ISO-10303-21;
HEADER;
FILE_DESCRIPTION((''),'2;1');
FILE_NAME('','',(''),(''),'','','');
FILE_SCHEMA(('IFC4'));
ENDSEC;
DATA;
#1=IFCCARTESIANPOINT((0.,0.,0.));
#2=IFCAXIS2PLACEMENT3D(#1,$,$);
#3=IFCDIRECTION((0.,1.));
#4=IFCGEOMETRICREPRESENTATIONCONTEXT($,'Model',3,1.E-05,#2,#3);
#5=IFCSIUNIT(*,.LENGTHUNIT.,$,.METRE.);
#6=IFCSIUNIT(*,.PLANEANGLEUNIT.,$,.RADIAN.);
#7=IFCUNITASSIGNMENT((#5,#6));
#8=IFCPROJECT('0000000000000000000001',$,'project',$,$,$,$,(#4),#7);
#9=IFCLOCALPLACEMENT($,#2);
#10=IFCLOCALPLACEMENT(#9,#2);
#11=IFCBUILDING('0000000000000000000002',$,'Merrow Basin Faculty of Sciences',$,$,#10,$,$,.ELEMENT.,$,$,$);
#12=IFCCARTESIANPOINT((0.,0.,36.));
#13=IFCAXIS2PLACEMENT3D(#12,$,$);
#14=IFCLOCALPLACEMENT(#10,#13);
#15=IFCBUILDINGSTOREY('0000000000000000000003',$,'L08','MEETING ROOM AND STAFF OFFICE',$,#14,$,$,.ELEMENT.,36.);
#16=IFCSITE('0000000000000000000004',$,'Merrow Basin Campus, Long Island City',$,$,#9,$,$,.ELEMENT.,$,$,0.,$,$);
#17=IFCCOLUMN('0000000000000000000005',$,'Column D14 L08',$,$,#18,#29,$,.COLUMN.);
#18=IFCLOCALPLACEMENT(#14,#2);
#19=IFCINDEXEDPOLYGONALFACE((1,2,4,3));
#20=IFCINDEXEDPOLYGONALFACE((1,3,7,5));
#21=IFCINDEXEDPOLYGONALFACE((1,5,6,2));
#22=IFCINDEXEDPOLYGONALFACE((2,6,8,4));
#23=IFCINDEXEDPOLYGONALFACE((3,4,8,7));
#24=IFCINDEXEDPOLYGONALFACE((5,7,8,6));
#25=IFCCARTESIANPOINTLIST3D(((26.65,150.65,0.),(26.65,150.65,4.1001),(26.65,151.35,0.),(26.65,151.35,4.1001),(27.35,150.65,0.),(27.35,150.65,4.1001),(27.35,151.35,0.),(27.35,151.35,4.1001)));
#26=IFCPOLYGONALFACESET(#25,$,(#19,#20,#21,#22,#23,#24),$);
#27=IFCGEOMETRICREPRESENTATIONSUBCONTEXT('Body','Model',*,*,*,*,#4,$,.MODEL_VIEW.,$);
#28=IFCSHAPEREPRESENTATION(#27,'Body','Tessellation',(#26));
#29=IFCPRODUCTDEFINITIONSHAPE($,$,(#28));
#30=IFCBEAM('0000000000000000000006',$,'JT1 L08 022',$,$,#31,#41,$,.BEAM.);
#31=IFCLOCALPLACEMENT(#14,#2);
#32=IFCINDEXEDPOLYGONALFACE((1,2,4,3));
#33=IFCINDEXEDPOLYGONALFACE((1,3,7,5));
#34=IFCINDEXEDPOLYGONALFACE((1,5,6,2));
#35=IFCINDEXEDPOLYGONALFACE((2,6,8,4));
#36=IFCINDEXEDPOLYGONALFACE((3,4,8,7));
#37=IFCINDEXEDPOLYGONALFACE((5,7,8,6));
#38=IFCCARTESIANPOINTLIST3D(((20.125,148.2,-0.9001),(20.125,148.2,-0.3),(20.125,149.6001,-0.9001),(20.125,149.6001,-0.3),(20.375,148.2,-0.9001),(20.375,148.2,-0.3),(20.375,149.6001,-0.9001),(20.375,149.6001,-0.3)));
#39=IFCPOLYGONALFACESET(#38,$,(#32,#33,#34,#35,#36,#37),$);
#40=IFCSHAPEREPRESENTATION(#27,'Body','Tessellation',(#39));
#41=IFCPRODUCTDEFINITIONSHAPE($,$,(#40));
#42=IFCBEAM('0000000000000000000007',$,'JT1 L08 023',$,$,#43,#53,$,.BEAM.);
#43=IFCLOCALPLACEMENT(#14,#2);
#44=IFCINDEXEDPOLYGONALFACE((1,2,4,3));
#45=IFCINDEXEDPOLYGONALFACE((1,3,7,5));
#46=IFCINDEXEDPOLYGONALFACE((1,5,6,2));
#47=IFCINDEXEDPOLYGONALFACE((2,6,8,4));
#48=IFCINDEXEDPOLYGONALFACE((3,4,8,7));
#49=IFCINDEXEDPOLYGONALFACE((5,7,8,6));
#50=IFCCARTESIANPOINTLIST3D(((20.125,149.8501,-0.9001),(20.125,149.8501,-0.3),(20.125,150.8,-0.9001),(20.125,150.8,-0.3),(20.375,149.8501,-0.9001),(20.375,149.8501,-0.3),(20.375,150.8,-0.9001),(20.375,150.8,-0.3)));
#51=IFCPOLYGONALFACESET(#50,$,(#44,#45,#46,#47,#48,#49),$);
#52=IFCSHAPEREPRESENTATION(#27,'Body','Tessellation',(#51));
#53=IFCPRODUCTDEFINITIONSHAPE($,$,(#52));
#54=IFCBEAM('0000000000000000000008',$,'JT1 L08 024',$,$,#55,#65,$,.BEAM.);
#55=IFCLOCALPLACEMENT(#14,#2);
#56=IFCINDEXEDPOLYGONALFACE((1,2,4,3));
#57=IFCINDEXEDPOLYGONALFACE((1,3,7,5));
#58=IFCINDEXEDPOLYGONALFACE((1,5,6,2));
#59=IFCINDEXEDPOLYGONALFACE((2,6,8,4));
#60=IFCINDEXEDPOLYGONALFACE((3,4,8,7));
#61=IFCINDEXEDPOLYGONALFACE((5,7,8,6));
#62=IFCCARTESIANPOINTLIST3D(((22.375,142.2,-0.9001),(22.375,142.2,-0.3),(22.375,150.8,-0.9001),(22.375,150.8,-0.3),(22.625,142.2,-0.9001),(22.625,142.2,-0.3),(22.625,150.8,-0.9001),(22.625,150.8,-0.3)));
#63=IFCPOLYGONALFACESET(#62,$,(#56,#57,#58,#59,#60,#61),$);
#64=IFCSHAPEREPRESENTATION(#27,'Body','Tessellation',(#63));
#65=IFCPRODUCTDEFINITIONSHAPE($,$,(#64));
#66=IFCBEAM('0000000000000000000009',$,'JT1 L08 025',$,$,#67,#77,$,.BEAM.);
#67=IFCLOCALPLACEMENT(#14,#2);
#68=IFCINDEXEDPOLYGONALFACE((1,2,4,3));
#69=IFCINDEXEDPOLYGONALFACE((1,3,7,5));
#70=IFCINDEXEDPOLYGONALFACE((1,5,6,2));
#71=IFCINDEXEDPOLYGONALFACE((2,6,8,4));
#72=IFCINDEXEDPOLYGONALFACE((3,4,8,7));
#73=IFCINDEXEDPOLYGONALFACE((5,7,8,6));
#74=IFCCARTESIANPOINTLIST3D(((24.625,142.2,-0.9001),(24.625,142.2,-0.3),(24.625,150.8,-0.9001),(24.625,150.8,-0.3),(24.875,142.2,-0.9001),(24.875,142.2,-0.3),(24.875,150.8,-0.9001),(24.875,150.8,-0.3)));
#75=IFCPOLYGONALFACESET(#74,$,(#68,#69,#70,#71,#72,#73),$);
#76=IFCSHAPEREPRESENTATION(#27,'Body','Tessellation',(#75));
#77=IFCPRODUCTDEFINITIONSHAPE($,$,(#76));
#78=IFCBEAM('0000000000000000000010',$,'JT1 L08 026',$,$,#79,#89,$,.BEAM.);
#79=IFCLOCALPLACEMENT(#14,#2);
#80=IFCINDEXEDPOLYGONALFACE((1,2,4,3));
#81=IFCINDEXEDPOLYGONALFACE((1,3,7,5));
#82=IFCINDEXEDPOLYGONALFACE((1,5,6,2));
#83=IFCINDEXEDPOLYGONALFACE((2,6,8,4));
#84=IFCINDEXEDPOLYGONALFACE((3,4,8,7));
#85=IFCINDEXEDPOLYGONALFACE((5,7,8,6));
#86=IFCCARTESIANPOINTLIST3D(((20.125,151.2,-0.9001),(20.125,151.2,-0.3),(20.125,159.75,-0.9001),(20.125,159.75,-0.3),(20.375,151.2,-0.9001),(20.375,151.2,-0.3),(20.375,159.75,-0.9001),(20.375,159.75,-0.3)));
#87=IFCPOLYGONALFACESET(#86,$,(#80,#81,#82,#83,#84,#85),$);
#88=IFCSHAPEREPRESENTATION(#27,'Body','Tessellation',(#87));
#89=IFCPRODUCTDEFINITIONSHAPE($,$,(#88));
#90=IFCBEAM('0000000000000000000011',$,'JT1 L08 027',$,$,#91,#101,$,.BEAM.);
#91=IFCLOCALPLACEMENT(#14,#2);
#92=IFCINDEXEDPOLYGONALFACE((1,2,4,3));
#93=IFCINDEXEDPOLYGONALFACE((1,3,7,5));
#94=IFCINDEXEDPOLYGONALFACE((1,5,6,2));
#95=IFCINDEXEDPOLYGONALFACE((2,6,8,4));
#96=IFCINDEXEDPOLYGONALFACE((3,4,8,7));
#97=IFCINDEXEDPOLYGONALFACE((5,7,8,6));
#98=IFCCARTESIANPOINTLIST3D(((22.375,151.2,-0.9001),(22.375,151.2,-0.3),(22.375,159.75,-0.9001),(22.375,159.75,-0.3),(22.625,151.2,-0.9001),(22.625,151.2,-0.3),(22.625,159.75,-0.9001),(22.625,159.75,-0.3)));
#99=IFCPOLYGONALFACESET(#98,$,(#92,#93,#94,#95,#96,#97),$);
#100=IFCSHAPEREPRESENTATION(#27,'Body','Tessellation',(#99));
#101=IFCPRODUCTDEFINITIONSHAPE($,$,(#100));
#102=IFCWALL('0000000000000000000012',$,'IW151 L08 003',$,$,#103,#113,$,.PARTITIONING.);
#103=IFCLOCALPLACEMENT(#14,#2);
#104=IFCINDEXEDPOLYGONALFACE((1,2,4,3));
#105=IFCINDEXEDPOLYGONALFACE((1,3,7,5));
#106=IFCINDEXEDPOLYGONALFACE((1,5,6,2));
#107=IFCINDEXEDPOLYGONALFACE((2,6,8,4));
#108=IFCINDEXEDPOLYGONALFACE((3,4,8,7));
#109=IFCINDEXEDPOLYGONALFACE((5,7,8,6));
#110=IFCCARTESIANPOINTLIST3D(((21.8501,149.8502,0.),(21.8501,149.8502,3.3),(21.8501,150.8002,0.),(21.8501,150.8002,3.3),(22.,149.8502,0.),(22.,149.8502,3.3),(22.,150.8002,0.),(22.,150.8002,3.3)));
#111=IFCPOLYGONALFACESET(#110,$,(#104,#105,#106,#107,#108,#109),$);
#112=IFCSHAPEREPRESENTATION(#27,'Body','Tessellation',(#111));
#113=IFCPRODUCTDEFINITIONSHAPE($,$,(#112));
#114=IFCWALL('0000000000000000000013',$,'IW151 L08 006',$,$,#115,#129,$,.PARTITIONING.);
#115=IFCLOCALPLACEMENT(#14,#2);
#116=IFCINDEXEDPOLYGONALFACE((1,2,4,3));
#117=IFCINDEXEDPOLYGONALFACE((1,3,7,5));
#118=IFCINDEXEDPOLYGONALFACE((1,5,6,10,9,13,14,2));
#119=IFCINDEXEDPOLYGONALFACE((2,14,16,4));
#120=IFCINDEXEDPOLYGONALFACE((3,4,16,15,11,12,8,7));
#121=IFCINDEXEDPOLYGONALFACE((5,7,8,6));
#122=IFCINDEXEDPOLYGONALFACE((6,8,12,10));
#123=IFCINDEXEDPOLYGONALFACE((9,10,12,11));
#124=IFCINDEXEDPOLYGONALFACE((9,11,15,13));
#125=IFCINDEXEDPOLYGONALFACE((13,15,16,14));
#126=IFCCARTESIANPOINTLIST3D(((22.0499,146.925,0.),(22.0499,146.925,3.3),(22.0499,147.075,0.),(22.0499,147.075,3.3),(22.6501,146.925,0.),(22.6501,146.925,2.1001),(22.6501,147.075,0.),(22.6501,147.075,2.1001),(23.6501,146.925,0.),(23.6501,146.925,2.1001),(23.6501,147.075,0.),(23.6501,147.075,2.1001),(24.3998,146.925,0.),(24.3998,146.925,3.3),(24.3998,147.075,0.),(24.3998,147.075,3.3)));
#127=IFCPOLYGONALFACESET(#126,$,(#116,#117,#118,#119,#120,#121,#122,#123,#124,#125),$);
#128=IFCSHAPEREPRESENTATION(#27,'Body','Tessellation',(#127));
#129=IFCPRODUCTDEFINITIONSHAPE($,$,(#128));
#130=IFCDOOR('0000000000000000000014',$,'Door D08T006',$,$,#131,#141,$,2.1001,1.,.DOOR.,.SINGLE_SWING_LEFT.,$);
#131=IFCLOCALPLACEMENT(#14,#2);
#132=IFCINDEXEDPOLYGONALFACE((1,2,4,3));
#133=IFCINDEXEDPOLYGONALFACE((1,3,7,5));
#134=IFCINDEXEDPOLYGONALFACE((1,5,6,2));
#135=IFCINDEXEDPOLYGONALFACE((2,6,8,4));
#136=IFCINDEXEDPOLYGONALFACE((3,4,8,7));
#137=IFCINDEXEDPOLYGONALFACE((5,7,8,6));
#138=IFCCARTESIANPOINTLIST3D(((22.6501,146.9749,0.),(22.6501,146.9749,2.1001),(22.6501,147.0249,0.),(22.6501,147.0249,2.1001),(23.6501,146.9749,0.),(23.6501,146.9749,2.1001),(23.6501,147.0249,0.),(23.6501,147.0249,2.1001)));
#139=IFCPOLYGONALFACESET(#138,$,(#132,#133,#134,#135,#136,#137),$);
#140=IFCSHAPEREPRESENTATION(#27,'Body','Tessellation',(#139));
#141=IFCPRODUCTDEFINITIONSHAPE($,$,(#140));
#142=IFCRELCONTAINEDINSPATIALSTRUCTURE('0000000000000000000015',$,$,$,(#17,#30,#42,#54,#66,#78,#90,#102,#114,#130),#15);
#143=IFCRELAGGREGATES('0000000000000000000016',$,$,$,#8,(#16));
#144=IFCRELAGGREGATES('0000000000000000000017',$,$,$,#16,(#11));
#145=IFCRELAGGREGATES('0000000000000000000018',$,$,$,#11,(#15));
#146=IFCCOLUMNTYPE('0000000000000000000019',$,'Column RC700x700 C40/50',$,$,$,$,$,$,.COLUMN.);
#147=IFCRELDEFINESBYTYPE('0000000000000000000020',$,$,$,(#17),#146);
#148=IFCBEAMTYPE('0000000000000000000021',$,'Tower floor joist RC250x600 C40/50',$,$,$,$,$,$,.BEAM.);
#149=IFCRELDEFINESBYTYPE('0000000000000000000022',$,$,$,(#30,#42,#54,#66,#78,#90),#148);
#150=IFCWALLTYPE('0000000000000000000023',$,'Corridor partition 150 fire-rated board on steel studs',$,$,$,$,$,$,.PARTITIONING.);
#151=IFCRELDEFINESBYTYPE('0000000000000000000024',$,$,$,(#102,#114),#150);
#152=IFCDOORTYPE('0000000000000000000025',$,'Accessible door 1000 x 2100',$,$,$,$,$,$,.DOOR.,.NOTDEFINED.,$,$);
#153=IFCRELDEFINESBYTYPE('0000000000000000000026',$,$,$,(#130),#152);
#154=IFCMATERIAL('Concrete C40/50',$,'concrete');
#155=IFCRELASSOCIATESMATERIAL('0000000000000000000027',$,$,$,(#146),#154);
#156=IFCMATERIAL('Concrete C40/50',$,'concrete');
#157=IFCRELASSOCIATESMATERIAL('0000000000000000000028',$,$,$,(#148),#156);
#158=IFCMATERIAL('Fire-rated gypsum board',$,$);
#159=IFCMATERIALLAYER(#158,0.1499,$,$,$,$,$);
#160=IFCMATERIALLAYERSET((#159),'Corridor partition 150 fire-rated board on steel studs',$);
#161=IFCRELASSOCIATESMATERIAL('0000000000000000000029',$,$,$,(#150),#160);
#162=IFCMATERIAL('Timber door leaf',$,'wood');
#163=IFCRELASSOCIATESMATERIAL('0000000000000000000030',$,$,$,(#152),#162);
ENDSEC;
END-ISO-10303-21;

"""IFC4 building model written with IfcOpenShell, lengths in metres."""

from ifc_helpers import new_model, si_unit, direction, frame, frame_2d, origin, origin_2d, place, context, subcontext, project, spatial, rectangle, extrude, material, layer, layer_set, material_profile, profile_set, type_object, element, fill, save


model = new_model("IFC4")

# Units and contexts
model_context = context("Model", 3, precision=1e-05, world=origin(), true_north=direction((0.0, 1.0)))
body_context = subcontext(model_context, "Body", "Model", "MODEL_VIEW")
ifc_project = project(units=[si_unit("LENGTHUNIT", "METRE"), si_unit("PLANEANGLEUNIT", "RADIAN")], contexts=[model_context])

# Site, building, storey
site_placement = place(None, origin())
site = spatial("IfcSite", under=ifc_project, at=site_placement, Name="Merrow Basin Campus, Long Island City", CompositionType="ELEMENT", RefElevation=0.0)
building_placement = place(site_placement, origin())
building = spatial("IfcBuilding", under=site, at=building_placement, Name="Merrow Basin Faculty of Sciences", CompositionType="ELEMENT")
storey_placement = place(building_placement, frame((0.0, 0.0, 36.0)))
storey = spatial("IfcBuildingStorey", under=building, at=storey_placement, Name="L08", Description="MEETING ROOM AND STAFF OFFICE", CompositionType="ELEMENT", Elevation=36.0)

# Column
ifc_material_1 = material(Name="Concrete C40/50", Category="concrete")
ifc_material_profile_1 = material_profile(ifc_material_1, rectangle(XDim=0.7, YDim=0.7, at=origin_2d()))
ifc_profile_set_1 = profile_set([ifc_material_profile_1], Name="Concrete C40/50")
column_type = type_object("IfcColumnType", Name="Column RC700x700 C40/50", PredefinedType="COLUMN", material=ifc_profile_set_1)
column_placement = place(storey_placement, frame((27.0, 151.0, 0.0), z_axis=(0.0, 0.0, 1.0), x_axis=(1.0, 0.0, 0.0)))
element("IfcColumn", 1, at=column_placement, inside=storey, type_object=column_type, Name="Column D14 L08", PredefinedType="COLUMN", context=body_context, shape_type="SweptSolid", body=[
    extrude(rectangle(XDim=0.7, YDim=0.7, at=origin_2d()), origin(), (0.0, 0.0, 1.0), 4.1001),
])

# Beams
ifc_material_2 = material(Name="Concrete C40/50", Category="concrete")
ifc_material_profile_2 = material_profile(ifc_material_2, rectangle(XDim=0.25, YDim=0.6001, at=origin_2d()))
ifc_profile_set_2 = profile_set([ifc_material_profile_2], Name="Concrete C40/50")
beam_type = type_object("IfcBeamType", Name="Tower floor joist RC250x600 C40/50", PredefinedType="BEAM", material=ifc_profile_set_2)
beam_1_placement = place(storey_placement, frame((20.25, 148.2, -0.6001), z_axis=(0.0, 1.0, 0.0), x_axis=(-1.0, 0.0, 0.0)))
element("IfcBeam", 2, at=beam_1_placement, inside=storey, type_object=beam_type, Name="JT1 L08 022", PredefinedType="BEAM", context=body_context, shape_type="SweptSolid", body=[
    extrude(rectangle(XDim=0.25, YDim=0.6001, at=origin_2d()), origin(), (0.0, 0.0, 1.0), 1.4001),
])
beam_2_placement = place(storey_placement, frame((20.25, 149.8501, -0.6001), z_axis=(0.0, 1.0, 0.0), x_axis=(-1.0, 0.0, 0.0)))
element("IfcBeam", 3, at=beam_2_placement, inside=storey, type_object=beam_type, Name="JT1 L08 023", PredefinedType="BEAM", context=body_context, shape_type="SweptSolid", body=[
    extrude(rectangle(XDim=0.25, YDim=0.6001, at=origin_2d()), origin(), (0.0, 0.0, 1.0), 0.95),
])
for number, where, z_axis, x_axis, name in (
    (4, (22.5, 142.2, -0.6001), (0.0, 1.0, 0.0), (-1.0, 0.0, 0.0), "JT1 L08 024"),
    (5, (24.75, 142.2, -0.6001), (0.0, 1.0, 0.0), (-1.0, 0.0, 0.0), "JT1 L08 025"),
):
    element("IfcBeam", number, at=place(storey_placement, frame(where, z_axis=z_axis, x_axis=x_axis)), inside=storey, type_object=beam_type, Name=name, PredefinedType="BEAM", context=body_context, shape_type="SweptSolid", body=[
        extrude(rectangle(XDim=0.25, YDim=0.6001, at=origin_2d()), origin(), (0.0, 0.0, 1.0), 8.6001),
    ])
for number, where, z_axis, x_axis, name in (
    (6, (20.25, 151.2, -0.6001), (0.0, 1.0, 0.0), (-1.0, 0.0, 0.0), "JT1 L08 026"),
    (7, (22.5, 151.2, -0.6001), (0.0, 1.0, 0.0), (-1.0, 0.0, 0.0), "JT1 L08 027"),
):
    element("IfcBeam", number, at=place(storey_placement, frame(where, z_axis=z_axis, x_axis=x_axis)), inside=storey, type_object=beam_type, Name=name, PredefinedType="BEAM", context=body_context, shape_type="SweptSolid", body=[
        extrude(rectangle(XDim=0.25, YDim=0.6001, at=origin_2d()), origin(), (0.0, 0.0, 1.0), 8.55),
    ])

# Wall
ifc_material_3 = material(Name="Fire-rated gypsum board")
ifc_layer_1 = layer(ifc_material_3, 0.1499)
ifc_layer_set_1 = layer_set([ifc_layer_1], Name="Corridor partition 150 fire-rated board on steel studs")
wall_type_1 = type_object("IfcWallType", Name="Corridor partition 150 fire-rated board on steel studs", PredefinedType="PARTITIONING", material=ifc_layer_set_1)
wall_1_placement = place(storey_placement, frame((21.925, 149.8501, 0.0), z_axis=(0.0, 0.0, 1.0), x_axis=(0.0, 1.0, 0.0)))
element("IfcWall", 8, at=wall_1_placement, inside=storey, type_object=wall_type_1, Name="IW151 L08 003", PredefinedType="PARTITIONING", context=body_context, shape_type="SweptSolid", body=[
    extrude(rectangle(XDim=0.95, YDim=0.1499, at=frame_2d((0.4751, 0.0))), origin(), (0.0, 0.0, 1.0), 3.3),
])

# Wall, opening, door
wall_2_placement = place(storey_placement, frame((22.05, 147.0, 0.0), z_axis=(0.0, 0.0, 1.0), x_axis=(1.0, 0.0, 0.0)))
wall_2 = element("IfcWall", 9, at=wall_2_placement, inside=storey, type_object=wall_type_1, Name="IW151 L08 006", PredefinedType="PARTITIONING", context=body_context, shape_type="SweptSolid", body=[
    extrude(rectangle(XDim=2.3499, YDim=0.1499, at=frame_2d((1.1748, 0.0))), origin(), (0.0, 0.0, 1.0), 3.3),
])
opening_1_placement = place(wall_2_placement, frame((0.6001, 0.0, 0.0)))
opening_1 = element("IfcOpeningElement", 10, at=opening_1_placement, cuts=wall_2, PredefinedType="OPENING", context=body_context, shape_type="SweptSolid", body=[
    extrude(rectangle(XDim=1.0, YDim=2.1001, at=frame_2d((0.5, 1.05))), frame((0.0, 0.085, 0.0), z_axis=(0.0, -1.0, 0.0), x_axis=(1.0, 0.0, 0.0)), (0.0, 0.0, 1.0), 0.1699),
])
ifc_material_4 = material(Name="Timber door leaf", Category="wood")
door_type_1 = type_object("IfcDoorType", Name="Accessible door 1000 x 2100", OperationType="NOTDEFINED", PredefinedType="DOOR", material=ifc_material_4)
door_1_placement = place(opening_1_placement, origin())
door_1 = element("IfcDoor", 11, at=door_1_placement, inside=storey, type_object=door_type_1, Name="Door D08T006", OperationType="SINGLE_SWING_LEFT", OverallHeight=2.1001, OverallWidth=1.0, PredefinedType="DOOR", context=body_context, shape_type="SweptSolid", body=[
    extrude(rectangle(XDim=1.0, YDim=2.1001, at=frame_2d((0.5, 1.05))), frame((0.0, 0.0249, 0.0), z_axis=(0.0, -1.0, 0.0), x_axis=(1.0, 0.0, 0.0)), (0.0, 0.0, 1.0), 0.05),
])
fill(opening_1, door_1)

save(model, "model.ifc")
